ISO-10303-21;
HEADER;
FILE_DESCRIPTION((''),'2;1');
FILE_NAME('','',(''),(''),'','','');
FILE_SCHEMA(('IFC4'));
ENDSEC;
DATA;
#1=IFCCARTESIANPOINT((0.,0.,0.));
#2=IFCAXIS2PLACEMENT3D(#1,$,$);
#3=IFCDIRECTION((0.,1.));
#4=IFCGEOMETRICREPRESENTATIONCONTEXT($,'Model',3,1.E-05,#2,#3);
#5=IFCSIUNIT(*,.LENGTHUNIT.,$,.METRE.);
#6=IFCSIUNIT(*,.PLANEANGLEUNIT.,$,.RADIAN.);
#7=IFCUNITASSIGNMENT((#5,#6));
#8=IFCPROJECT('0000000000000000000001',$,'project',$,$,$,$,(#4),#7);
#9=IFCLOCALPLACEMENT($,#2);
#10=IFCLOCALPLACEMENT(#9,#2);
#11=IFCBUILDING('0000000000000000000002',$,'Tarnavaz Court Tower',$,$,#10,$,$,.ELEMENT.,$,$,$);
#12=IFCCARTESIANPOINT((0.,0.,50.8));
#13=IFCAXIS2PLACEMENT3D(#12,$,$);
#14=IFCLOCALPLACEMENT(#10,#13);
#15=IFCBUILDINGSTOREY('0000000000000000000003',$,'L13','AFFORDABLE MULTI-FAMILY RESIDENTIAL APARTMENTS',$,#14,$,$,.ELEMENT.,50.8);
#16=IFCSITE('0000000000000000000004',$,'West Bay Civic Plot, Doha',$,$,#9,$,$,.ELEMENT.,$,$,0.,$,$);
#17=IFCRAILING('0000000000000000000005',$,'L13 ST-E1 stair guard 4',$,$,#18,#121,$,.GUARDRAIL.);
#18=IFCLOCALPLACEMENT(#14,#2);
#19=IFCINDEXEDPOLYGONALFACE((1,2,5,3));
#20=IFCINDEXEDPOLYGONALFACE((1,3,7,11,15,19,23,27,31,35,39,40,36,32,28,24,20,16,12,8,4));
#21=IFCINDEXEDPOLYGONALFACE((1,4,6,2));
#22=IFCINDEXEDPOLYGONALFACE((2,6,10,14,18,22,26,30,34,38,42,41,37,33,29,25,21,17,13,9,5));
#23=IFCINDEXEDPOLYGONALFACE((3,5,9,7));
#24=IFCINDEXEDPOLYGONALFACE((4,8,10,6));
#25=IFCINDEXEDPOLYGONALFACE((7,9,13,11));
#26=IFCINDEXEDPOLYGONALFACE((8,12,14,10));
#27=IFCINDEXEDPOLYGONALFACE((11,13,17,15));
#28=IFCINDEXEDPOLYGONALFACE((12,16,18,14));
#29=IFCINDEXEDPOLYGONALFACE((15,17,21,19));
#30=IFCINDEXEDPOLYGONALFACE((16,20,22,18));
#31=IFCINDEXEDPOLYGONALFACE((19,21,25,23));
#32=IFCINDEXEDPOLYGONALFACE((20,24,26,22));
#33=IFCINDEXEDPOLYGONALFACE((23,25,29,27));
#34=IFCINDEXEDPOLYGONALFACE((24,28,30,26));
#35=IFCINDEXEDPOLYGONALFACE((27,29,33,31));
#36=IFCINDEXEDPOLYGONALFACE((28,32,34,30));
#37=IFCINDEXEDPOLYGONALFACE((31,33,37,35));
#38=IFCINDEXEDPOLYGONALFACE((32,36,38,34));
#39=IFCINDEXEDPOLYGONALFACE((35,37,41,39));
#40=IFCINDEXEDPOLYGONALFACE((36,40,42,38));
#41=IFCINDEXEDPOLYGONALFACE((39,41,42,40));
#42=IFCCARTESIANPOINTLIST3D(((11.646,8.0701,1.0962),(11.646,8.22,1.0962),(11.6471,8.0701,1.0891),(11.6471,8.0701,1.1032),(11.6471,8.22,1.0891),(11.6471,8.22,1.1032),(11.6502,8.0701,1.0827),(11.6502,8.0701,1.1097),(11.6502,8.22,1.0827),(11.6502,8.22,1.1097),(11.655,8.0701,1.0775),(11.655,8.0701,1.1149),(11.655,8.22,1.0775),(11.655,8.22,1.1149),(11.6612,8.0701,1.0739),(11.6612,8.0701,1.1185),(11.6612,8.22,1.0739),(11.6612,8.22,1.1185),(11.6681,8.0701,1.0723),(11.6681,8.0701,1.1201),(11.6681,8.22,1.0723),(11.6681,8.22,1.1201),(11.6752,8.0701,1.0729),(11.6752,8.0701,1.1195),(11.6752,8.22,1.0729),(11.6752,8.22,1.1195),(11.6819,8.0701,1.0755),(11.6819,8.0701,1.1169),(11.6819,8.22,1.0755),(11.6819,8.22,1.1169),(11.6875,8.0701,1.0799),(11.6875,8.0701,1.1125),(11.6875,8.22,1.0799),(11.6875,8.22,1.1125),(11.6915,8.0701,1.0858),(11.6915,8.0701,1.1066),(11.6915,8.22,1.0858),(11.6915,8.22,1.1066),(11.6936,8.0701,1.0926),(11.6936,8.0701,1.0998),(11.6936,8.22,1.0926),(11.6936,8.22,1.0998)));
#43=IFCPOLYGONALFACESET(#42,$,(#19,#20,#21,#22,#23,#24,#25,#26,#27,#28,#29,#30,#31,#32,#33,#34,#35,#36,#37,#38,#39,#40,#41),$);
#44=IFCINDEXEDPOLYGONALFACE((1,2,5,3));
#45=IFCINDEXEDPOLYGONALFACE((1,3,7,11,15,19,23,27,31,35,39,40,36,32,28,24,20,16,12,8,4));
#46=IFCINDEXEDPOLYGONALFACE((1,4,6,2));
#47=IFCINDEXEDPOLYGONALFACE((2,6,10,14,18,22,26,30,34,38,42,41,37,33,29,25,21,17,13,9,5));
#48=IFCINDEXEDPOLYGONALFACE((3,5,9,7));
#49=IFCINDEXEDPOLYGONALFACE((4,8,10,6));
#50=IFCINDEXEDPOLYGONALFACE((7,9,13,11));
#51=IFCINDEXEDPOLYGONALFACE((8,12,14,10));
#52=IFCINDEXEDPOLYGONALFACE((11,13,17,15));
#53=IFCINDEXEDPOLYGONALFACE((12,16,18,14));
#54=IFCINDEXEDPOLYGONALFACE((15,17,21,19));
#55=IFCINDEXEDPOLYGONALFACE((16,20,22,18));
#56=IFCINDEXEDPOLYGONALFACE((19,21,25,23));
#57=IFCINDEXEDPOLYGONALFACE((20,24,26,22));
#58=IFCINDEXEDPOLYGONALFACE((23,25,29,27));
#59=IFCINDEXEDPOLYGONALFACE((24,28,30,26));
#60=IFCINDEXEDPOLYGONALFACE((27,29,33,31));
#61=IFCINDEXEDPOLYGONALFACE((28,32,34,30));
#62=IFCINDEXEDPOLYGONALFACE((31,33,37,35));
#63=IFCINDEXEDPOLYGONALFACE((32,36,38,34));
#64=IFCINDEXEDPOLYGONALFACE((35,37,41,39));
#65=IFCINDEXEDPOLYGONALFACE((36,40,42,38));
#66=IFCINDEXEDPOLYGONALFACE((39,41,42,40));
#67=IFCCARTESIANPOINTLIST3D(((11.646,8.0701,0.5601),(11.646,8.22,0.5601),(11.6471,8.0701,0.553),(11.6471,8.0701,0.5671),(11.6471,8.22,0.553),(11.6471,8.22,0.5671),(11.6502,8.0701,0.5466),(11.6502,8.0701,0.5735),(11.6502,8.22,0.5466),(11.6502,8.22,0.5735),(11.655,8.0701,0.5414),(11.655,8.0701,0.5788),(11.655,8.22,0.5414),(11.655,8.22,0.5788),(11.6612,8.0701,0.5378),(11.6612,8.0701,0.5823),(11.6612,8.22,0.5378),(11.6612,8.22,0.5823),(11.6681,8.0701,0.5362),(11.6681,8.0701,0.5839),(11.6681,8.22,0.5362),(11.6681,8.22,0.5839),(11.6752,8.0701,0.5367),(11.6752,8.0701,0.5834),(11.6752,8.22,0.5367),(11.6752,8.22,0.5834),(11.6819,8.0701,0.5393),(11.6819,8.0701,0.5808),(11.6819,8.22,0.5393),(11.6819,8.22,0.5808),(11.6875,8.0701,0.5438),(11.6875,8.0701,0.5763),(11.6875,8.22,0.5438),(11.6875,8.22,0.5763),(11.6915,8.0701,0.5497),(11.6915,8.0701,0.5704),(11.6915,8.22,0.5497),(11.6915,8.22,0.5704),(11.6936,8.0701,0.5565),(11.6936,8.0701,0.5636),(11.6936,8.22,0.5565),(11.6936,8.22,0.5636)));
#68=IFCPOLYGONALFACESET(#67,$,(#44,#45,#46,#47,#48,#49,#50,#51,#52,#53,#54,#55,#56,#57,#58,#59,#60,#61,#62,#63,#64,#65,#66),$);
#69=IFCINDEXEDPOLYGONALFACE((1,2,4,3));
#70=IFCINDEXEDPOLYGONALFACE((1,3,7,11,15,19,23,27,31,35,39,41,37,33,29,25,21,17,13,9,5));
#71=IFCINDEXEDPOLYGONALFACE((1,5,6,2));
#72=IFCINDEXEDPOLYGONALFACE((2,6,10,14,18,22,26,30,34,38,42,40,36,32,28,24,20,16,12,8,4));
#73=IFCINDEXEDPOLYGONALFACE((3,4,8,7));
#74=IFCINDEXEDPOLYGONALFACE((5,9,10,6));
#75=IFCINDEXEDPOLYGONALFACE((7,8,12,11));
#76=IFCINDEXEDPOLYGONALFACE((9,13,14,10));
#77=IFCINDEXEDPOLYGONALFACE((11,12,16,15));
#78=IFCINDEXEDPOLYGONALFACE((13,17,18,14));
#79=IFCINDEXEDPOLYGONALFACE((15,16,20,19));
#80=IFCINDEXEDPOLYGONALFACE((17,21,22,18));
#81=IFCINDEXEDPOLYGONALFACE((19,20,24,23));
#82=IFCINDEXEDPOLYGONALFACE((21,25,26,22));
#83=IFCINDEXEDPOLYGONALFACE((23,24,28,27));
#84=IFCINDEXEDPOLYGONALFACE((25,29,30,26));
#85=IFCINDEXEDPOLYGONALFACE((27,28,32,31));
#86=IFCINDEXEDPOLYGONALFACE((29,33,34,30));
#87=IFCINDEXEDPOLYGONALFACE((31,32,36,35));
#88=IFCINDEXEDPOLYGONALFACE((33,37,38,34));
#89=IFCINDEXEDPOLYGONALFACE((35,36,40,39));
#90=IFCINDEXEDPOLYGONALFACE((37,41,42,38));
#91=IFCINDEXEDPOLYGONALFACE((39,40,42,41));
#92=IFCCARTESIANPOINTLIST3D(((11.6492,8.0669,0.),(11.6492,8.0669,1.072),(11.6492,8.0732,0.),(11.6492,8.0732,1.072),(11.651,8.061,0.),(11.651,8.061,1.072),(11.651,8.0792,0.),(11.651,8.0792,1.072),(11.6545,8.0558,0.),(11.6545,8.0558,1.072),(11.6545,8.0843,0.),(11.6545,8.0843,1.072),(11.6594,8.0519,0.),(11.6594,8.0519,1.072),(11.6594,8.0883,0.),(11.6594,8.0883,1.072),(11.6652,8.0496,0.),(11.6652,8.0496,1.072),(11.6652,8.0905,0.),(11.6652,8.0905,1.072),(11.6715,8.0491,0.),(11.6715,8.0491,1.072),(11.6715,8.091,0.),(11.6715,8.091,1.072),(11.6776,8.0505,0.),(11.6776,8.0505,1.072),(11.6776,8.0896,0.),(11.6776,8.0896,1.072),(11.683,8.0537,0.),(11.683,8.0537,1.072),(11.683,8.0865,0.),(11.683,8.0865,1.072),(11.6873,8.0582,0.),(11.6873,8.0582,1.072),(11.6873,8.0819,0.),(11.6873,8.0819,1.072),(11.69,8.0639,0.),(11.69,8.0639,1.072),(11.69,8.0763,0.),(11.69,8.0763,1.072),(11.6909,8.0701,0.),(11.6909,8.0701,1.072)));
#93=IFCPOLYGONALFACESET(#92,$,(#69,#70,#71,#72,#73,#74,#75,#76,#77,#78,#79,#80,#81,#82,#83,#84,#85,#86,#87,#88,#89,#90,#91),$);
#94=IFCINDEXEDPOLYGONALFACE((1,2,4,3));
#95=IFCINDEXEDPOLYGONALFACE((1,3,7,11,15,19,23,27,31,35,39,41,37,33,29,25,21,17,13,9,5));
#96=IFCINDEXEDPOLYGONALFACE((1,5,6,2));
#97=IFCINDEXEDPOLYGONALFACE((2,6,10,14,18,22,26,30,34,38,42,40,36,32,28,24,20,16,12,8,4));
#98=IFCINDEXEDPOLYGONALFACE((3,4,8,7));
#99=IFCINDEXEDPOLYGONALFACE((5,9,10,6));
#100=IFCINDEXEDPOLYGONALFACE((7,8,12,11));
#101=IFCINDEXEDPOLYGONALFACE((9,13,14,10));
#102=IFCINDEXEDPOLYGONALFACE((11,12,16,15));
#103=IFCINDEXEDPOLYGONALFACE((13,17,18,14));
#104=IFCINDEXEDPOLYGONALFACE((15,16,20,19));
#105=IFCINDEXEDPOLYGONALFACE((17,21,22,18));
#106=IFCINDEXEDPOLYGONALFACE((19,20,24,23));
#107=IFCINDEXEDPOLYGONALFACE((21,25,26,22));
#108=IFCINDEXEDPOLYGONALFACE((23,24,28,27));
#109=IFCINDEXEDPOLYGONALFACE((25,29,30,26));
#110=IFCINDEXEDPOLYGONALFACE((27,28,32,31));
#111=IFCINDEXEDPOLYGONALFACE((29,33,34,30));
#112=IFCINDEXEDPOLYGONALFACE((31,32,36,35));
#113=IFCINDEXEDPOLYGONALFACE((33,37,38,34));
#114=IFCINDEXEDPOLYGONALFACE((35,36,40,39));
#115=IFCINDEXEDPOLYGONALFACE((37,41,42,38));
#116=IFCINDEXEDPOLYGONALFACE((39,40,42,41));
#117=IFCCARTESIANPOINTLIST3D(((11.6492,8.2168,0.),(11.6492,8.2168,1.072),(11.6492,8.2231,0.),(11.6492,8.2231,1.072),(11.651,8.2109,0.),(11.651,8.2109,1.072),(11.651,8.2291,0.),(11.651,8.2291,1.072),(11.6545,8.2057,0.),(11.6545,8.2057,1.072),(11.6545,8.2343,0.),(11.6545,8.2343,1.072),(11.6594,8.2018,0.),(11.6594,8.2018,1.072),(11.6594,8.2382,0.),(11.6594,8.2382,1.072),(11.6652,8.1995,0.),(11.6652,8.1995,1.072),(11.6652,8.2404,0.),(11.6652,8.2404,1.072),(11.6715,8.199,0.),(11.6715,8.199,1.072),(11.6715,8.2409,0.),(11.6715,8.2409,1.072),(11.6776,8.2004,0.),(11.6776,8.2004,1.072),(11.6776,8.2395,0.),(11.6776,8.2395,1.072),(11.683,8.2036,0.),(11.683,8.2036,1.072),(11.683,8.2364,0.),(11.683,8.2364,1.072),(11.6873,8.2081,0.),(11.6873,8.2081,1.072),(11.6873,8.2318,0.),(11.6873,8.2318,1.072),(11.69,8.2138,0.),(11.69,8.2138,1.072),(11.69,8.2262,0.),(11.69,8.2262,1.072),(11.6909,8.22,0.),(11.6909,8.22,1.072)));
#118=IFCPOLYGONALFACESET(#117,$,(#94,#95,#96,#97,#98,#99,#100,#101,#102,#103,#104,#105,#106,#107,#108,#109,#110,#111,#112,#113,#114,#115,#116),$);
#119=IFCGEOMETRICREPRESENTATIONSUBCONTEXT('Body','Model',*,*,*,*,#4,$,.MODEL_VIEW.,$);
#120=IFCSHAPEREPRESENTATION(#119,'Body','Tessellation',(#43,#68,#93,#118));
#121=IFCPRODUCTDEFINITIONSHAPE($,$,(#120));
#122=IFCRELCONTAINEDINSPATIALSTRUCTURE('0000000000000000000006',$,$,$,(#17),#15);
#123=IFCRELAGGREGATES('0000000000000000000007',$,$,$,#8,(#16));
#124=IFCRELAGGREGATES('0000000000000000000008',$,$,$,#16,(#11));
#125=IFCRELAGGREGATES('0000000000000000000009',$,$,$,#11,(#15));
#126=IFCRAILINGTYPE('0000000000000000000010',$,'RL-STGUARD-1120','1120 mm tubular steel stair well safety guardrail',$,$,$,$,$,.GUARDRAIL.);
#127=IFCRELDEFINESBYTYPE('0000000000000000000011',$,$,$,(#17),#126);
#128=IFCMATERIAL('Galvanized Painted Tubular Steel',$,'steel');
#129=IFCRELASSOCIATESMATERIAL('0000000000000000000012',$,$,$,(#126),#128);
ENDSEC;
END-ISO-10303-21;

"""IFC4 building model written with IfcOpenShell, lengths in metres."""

from ifc_helpers import new_model, si_unit, direction, frame, origin, origin_2d, place, context, subcontext, project, spatial, circle, extrude, material, type_object, element, save


model = new_model("IFC4")

# Units and contexts
model_context = context("Model", 3, precision=1e-05, world=origin(), true_north=direction((0.0, 1.0)))
body_context = subcontext(model_context, "Body", "Model", "MODEL_VIEW")
ifc_project = project(units=[si_unit("LENGTHUNIT", "METRE"), si_unit("PLANEANGLEUNIT", "RADIAN")], contexts=[model_context])

# Site, building, storey
site_placement = place(None, origin())
site = spatial("IfcSite", under=ifc_project, at=site_placement, Name="West Bay Civic Plot, Doha", CompositionType="ELEMENT", RefElevation=0.0)
building_placement = place(site_placement, origin())
building = spatial("IfcBuilding", under=site, at=building_placement, Name="Tarnavaz Court Tower", CompositionType="ELEMENT")
storey_placement = place(building_placement, frame((0.0, 0.0, 50.8)))
storey = spatial("IfcBuildingStorey", under=building, at=storey_placement, Name="L13", Description="AFFORDABLE MULTI-FAMILY RESIDENTIAL APARTMENTS", CompositionType="ELEMENT", Elevation=50.8)

# Railing
ifc_material_1 = material(Name="Galvanized Painted Tubular Steel", Category="steel")
railing_type_1 = type_object("IfcRailingType", Name="RL-STGUARD-1120", Description="1120 mm tubular steel stair well safety guardrail", PredefinedType="GUARDRAIL", material=ifc_material_1)
railing_1_placement = place(storey_placement, frame((11.6699, 8.0701, 0.0)))
element("IfcRailing", 1, at=railing_1_placement, inside=storey, type_object=railing_type_1, Name="L13 ST-E1 stair guard 4", PredefinedType="GUARDRAIL", context=body_context, shape_type="SweptSolid", body=[
    extrude(circle(Radius=0.0239, at=origin_2d()), frame((0.0, 0.0, 1.0962), z_axis=(0.0, 1.0, 0.0), x_axis=(-1.0, 0.0, 0.0)), (0.0, 0.0, 1.0), 0.1499),
    extrude(circle(Radius=0.0239, at=origin_2d()), frame((0.0, 0.0, 0.5601), z_axis=(0.0, 1.0, 0.0), x_axis=(-1.0, 0.0, 0.0)), (0.0, 0.0, 1.0), 0.1499),
    extrude(circle(Radius=0.021, at=origin_2d()), origin(), (0.0, 0.0, 1.0), 1.072),
    extrude(circle(Radius=0.021, at=origin_2d()), frame((0.0, 0.1499, 0.0)), (0.0, 0.0, 1.0), 1.072),
])

save(model, "model.ifc")
